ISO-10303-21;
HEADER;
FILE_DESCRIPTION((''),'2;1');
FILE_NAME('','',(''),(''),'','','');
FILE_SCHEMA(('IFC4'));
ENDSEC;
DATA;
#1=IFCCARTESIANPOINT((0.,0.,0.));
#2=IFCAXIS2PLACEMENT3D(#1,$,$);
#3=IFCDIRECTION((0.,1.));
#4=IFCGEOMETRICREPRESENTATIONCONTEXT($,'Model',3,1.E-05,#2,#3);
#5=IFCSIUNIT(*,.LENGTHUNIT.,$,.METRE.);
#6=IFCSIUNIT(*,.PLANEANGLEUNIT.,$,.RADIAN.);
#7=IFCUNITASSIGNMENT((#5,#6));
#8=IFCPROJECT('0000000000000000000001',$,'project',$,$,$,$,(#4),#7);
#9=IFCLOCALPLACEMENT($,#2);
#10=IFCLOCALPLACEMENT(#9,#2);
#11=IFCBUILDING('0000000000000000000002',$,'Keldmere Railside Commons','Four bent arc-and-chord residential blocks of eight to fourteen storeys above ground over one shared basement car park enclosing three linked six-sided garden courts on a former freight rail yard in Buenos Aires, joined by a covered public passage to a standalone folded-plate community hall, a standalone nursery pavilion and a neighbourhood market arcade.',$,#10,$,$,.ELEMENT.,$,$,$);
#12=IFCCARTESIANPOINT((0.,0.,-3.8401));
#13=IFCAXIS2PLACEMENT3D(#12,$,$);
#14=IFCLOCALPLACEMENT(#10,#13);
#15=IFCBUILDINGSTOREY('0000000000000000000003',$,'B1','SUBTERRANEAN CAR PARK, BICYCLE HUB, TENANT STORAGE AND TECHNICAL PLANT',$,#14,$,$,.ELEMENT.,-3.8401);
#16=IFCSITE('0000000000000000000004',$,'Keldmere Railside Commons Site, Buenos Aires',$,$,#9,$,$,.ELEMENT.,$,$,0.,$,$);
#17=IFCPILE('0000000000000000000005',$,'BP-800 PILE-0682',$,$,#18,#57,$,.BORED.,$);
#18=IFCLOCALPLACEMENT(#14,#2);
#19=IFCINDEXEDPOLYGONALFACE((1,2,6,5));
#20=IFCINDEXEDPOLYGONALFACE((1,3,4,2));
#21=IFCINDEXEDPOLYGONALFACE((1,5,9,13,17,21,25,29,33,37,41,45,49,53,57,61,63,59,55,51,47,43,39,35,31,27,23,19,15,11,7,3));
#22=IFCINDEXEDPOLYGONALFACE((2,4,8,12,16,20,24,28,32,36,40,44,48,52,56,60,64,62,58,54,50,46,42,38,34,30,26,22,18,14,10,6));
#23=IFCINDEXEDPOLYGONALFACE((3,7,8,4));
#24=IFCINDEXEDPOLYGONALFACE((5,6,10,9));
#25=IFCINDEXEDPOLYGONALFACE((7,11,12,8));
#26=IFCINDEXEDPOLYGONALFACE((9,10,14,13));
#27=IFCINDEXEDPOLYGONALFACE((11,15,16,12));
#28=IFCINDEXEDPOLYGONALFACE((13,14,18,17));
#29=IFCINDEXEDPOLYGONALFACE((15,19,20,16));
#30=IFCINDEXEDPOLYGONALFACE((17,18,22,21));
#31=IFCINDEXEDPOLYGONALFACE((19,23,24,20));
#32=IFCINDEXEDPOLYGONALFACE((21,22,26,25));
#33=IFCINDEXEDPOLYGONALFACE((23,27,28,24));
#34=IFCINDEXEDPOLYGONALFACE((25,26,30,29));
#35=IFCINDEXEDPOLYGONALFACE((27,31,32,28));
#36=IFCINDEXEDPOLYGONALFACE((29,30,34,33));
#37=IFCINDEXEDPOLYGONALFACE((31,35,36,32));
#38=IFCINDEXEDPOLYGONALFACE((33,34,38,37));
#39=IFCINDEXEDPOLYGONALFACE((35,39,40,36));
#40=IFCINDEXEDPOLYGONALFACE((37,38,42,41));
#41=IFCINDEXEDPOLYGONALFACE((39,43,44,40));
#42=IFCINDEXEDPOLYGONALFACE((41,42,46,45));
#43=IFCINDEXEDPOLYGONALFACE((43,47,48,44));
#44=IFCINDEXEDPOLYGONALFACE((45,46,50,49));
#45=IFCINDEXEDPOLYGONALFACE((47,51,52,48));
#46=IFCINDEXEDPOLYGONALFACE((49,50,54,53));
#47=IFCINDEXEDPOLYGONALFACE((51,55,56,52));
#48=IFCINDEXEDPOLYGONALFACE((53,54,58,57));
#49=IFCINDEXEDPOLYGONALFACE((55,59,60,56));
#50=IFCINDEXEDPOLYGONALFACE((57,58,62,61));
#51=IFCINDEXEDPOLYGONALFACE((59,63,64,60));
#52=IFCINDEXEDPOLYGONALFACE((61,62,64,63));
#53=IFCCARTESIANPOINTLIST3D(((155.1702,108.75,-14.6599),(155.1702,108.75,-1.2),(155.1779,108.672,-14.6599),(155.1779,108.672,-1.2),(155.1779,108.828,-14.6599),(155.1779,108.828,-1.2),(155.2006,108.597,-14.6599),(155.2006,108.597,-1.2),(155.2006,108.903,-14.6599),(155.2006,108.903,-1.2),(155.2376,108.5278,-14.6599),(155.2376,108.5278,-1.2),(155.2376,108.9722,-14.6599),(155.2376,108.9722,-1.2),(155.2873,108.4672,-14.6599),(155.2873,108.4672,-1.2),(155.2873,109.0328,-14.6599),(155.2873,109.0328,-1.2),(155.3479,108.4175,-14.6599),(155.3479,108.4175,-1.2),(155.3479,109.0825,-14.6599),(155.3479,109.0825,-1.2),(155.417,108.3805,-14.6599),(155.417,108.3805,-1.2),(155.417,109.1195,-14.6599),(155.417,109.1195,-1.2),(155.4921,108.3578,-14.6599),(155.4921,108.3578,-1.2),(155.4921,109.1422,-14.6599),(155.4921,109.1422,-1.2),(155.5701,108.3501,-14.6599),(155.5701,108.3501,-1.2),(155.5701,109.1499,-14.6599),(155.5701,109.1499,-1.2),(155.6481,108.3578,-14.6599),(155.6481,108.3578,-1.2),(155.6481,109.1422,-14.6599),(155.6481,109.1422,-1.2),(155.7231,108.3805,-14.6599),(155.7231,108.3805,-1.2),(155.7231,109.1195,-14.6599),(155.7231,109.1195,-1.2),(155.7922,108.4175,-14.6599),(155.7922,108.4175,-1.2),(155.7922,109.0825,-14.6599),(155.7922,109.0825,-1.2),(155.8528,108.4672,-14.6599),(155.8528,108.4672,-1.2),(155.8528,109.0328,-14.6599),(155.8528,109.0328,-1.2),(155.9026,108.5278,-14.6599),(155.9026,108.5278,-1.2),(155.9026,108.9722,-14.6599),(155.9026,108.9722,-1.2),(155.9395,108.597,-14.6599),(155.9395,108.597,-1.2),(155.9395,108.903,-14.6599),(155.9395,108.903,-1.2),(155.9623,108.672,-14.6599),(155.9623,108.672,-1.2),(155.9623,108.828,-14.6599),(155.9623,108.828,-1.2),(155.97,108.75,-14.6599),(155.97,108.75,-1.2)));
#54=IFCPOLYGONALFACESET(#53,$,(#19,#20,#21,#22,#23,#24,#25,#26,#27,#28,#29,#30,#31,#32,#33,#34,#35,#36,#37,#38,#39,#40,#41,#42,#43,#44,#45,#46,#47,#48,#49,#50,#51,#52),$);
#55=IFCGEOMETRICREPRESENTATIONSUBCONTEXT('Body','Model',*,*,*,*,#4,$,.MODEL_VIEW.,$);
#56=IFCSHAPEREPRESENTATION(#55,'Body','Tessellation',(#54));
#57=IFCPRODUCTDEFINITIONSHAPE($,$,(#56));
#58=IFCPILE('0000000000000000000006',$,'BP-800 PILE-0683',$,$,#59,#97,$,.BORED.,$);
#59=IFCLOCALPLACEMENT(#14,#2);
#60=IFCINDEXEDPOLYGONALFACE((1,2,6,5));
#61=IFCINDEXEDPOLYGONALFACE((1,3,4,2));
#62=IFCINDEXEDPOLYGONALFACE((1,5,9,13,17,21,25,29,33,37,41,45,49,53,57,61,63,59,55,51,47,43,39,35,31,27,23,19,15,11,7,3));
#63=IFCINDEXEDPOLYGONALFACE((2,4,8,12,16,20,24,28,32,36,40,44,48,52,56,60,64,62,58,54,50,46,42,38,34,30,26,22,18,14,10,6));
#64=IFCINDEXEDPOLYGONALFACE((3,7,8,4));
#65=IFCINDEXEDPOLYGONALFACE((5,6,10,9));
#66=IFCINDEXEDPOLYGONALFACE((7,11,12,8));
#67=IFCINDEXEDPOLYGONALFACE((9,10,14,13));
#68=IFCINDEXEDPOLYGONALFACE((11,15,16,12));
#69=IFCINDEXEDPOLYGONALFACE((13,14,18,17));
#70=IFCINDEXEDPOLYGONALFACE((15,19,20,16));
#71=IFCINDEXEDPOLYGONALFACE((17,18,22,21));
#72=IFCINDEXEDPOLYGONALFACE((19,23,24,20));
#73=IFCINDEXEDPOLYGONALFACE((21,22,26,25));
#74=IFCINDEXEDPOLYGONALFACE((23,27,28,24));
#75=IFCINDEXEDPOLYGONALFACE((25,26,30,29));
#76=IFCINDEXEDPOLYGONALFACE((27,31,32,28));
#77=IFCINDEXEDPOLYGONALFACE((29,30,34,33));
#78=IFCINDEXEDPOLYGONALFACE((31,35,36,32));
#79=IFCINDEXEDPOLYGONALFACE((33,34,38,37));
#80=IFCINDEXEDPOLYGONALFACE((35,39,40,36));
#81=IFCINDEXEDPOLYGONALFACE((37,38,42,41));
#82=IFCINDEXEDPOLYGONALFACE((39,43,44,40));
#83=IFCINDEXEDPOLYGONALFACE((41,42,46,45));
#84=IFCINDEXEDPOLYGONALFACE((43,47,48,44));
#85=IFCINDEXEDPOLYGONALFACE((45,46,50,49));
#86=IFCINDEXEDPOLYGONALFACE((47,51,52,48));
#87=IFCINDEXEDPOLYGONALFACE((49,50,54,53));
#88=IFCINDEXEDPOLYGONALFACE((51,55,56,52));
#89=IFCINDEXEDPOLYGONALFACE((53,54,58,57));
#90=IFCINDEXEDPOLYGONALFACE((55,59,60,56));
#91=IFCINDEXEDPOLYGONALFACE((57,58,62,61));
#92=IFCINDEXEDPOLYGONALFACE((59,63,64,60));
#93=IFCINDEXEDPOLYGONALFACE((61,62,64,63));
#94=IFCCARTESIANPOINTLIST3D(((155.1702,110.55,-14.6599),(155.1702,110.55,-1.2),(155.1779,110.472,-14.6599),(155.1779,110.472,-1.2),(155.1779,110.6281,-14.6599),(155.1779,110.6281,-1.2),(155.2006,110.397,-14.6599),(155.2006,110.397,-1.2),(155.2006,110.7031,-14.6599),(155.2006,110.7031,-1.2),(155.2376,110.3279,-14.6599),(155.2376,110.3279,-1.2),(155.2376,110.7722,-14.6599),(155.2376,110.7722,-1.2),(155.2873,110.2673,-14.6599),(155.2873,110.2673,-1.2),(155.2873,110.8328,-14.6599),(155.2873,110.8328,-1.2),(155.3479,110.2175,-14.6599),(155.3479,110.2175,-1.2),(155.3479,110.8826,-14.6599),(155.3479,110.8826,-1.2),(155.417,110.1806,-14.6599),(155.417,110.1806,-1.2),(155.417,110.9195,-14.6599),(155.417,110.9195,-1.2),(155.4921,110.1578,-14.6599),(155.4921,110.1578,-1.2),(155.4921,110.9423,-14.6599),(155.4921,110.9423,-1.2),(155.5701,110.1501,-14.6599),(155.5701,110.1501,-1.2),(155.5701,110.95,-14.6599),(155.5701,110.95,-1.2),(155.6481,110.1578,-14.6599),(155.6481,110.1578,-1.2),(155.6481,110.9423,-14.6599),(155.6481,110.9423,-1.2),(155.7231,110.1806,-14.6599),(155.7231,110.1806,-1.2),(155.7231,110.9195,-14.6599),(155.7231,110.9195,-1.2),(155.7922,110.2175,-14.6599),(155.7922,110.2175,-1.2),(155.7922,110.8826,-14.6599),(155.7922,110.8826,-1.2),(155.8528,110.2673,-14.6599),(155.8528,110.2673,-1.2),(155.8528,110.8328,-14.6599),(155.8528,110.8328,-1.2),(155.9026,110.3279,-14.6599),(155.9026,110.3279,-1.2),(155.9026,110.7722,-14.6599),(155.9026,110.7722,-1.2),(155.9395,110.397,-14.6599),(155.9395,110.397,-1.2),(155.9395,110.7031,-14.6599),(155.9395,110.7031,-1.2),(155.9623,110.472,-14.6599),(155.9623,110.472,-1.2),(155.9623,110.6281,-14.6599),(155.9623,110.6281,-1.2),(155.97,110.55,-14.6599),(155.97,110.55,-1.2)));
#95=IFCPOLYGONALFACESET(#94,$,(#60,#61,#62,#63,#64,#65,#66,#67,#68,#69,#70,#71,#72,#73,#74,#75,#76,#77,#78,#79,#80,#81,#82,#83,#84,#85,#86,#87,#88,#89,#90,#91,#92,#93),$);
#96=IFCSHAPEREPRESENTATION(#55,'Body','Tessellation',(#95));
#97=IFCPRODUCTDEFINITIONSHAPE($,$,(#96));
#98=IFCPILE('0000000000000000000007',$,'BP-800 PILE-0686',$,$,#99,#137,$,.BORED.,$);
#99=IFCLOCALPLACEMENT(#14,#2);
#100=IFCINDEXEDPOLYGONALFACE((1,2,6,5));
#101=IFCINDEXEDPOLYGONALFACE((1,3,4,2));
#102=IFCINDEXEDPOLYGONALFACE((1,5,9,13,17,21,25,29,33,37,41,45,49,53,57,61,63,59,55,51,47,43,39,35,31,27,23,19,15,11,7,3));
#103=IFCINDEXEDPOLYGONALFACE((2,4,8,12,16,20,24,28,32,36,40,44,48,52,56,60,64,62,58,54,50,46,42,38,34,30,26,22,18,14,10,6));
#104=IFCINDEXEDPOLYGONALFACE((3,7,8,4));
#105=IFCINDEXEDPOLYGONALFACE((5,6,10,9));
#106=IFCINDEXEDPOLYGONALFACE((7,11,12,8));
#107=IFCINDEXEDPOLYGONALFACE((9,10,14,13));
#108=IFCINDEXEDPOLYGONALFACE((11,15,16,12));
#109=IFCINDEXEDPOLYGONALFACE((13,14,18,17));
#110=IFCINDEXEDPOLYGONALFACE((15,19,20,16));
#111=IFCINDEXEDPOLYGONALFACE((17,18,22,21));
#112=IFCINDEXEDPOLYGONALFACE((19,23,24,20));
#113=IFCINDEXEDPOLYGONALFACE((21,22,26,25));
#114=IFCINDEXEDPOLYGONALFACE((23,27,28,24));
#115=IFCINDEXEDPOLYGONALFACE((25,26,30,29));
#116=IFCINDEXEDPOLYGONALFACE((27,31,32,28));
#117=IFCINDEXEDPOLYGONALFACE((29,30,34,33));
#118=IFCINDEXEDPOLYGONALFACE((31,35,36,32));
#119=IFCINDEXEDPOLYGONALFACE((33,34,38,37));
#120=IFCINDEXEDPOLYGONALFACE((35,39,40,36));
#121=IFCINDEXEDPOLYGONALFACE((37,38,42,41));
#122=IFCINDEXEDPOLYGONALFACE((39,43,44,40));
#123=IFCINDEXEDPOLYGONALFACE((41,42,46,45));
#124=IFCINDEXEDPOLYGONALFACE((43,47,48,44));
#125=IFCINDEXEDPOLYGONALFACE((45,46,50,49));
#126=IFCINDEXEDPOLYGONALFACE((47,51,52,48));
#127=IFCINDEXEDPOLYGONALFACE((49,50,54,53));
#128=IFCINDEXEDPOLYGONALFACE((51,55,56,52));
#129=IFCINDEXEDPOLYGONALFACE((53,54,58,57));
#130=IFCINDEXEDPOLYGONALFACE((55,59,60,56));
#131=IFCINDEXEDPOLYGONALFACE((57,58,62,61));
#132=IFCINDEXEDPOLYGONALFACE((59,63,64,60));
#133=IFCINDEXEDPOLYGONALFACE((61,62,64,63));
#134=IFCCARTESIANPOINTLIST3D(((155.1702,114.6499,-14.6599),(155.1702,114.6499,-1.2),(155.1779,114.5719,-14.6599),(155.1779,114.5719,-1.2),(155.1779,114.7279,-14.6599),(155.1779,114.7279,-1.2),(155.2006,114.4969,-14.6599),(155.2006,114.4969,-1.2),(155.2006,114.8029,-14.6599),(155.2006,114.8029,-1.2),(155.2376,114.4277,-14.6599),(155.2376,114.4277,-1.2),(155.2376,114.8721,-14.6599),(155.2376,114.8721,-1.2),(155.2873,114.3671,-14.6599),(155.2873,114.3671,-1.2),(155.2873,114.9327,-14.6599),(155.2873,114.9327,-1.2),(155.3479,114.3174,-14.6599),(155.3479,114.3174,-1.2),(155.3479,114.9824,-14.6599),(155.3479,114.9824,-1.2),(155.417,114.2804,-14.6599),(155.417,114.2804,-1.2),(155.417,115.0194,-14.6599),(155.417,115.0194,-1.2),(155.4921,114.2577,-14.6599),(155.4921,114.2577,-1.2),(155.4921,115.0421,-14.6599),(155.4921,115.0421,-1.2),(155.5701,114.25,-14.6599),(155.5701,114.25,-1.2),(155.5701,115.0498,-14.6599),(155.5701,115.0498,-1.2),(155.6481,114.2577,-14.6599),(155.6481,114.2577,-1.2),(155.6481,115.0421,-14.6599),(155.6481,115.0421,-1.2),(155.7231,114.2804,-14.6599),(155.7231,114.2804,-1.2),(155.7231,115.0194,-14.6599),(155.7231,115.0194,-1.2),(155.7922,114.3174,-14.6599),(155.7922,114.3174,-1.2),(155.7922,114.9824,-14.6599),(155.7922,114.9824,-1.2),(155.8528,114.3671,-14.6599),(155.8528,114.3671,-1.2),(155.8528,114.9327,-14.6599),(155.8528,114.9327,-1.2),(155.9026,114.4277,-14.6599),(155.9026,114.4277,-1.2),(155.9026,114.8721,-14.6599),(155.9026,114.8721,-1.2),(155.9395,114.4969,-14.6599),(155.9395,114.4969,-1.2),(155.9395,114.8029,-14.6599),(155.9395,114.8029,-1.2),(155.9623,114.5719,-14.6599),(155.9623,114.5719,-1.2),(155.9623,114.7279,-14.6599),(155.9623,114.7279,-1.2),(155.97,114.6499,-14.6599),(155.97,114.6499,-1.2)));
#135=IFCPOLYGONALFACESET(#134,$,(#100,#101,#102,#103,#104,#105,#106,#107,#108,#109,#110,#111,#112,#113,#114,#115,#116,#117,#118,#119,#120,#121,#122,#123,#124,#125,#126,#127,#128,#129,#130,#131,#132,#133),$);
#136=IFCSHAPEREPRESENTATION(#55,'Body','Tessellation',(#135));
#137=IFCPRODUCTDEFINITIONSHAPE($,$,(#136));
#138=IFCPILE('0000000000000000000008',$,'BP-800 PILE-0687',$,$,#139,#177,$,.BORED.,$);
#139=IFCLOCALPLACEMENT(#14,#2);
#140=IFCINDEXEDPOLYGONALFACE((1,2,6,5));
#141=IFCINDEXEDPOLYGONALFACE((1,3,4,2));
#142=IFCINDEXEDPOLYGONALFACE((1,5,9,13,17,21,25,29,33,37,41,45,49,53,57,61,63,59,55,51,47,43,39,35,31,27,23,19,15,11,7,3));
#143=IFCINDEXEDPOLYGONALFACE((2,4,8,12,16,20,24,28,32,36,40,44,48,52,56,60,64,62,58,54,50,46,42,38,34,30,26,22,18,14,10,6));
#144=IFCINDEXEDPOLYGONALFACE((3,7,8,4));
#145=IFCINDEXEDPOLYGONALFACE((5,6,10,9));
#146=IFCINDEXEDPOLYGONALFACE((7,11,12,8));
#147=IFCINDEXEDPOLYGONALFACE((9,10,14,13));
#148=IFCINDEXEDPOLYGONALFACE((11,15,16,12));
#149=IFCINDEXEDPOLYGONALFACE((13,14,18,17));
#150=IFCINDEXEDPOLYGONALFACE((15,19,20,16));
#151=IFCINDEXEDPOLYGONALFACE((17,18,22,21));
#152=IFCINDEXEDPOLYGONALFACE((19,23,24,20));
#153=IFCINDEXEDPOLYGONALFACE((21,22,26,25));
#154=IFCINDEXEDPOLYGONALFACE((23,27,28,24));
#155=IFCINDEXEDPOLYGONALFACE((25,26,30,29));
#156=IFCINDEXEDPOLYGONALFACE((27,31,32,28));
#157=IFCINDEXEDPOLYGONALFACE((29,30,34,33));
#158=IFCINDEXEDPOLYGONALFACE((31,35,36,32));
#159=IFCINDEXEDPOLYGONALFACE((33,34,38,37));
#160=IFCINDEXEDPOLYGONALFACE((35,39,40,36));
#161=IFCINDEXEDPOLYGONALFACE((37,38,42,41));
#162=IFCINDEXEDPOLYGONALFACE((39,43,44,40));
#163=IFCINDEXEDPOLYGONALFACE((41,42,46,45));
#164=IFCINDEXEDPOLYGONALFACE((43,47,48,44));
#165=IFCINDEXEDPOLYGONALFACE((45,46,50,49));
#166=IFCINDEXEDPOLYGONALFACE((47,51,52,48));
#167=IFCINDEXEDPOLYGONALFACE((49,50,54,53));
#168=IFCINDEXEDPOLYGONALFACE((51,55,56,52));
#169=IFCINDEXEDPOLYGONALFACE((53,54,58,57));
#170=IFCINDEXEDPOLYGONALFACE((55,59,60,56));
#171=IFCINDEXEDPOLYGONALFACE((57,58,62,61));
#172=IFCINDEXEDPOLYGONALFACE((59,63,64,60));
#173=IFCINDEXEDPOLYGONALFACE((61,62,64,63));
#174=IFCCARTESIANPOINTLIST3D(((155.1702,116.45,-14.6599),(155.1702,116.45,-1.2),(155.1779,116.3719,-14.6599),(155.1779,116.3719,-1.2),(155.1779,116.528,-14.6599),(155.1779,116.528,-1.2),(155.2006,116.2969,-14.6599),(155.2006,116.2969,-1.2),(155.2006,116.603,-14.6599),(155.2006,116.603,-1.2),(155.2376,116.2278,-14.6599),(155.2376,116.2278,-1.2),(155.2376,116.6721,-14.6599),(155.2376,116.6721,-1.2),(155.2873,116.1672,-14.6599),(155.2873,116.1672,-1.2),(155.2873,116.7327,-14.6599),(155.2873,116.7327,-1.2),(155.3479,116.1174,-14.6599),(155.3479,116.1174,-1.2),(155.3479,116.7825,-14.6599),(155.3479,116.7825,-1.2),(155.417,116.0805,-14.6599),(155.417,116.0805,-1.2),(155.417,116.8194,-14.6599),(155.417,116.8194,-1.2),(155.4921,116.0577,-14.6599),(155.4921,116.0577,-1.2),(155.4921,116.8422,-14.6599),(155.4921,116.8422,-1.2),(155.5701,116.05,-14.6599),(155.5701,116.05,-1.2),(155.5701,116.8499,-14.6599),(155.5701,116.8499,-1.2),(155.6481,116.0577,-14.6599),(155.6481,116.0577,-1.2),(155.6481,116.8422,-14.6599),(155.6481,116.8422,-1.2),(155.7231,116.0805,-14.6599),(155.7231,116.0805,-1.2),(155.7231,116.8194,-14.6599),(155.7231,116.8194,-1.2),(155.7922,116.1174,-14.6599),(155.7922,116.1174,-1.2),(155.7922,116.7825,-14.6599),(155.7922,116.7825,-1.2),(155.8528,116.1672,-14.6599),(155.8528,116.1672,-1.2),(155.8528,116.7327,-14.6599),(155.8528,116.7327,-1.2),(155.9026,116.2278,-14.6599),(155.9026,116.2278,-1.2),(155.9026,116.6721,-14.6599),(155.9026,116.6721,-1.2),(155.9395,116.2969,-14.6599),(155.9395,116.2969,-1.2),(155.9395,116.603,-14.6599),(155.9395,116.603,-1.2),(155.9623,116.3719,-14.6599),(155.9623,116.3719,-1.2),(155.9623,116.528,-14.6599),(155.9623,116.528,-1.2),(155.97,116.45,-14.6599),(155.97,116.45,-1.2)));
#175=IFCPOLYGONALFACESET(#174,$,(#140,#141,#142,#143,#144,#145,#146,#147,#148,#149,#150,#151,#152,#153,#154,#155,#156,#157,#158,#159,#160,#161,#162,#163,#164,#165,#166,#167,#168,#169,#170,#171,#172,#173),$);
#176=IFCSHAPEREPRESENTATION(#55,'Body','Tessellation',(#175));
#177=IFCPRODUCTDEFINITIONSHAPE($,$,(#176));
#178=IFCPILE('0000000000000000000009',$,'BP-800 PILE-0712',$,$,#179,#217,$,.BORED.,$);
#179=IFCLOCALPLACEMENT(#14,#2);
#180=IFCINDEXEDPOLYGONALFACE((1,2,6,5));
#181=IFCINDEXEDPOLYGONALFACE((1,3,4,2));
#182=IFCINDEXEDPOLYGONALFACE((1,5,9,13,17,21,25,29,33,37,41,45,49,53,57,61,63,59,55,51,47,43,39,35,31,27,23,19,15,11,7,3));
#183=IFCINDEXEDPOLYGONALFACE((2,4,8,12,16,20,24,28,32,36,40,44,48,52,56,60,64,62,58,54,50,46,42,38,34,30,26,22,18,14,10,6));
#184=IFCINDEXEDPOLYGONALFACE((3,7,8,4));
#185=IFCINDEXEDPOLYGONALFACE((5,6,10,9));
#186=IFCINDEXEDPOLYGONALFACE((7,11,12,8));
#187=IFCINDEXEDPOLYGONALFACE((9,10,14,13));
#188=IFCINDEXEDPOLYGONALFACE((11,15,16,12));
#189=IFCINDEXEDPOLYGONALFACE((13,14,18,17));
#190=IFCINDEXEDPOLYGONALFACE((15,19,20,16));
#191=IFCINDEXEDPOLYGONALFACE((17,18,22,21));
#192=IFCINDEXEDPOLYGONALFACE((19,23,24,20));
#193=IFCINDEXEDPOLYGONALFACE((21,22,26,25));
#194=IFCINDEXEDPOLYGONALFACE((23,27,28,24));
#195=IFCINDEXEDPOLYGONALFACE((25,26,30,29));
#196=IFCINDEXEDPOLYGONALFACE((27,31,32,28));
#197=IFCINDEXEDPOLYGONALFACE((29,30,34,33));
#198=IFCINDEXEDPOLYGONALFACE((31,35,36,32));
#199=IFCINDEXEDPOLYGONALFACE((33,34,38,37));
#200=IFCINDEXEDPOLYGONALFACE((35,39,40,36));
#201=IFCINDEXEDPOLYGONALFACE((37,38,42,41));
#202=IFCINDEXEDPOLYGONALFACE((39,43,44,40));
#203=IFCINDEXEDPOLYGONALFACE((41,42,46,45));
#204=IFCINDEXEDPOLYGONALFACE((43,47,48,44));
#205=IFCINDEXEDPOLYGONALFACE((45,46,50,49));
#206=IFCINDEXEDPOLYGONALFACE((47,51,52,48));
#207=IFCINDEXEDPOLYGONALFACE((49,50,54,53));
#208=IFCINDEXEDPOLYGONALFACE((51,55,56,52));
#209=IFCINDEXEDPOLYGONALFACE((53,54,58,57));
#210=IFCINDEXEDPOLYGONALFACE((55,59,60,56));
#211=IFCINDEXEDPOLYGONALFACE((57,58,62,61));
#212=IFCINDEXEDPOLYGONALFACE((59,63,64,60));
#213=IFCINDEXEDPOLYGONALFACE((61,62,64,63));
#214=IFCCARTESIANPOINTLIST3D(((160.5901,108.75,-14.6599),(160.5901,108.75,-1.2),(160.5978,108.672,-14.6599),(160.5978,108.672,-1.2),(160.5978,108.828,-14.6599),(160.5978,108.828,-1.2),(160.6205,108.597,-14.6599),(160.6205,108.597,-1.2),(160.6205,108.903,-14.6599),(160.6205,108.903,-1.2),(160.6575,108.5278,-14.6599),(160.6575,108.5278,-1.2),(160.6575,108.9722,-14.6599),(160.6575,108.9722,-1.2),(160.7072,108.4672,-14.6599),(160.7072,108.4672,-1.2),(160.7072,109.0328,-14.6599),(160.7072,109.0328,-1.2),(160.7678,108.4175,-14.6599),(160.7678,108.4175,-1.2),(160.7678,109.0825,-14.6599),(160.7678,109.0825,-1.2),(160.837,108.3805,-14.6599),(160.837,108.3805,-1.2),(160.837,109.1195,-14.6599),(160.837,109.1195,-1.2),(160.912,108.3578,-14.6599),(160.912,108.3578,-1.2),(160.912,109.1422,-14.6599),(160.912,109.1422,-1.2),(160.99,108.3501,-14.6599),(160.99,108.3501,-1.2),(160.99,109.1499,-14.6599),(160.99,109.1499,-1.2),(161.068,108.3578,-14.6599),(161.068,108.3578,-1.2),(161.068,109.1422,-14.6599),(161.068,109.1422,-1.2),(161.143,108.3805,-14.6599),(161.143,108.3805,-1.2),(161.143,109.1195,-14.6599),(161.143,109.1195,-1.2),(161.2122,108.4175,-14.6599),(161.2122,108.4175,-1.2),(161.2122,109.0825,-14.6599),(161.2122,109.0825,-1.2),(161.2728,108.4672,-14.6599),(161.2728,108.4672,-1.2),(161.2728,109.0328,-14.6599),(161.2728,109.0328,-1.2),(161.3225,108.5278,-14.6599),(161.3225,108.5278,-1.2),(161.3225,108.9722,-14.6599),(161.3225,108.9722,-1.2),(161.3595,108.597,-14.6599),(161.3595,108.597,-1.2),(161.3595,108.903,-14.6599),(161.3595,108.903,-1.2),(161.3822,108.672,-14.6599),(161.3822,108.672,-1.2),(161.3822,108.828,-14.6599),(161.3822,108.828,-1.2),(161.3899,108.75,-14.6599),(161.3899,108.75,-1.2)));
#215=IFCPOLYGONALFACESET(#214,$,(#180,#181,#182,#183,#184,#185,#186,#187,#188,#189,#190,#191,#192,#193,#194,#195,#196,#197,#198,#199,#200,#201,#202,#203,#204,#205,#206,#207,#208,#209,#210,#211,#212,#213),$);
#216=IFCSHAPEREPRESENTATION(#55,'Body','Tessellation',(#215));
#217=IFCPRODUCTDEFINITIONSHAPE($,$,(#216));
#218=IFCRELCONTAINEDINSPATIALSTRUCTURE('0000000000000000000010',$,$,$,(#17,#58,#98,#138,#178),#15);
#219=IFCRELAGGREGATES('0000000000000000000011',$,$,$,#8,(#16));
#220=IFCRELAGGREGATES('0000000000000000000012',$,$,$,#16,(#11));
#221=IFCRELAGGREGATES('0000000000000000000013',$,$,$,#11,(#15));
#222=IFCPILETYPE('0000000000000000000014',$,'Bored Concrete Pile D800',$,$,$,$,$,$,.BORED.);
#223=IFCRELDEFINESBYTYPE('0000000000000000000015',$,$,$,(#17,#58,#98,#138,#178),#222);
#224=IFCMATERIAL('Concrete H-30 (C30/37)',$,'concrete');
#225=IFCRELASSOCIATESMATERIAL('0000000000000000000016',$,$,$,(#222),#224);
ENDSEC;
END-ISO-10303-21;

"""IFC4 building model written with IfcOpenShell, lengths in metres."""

from ifc_helpers import new_model, si_unit, direction, frame, origin, origin_2d, place, context, subcontext, project, spatial, circle, extrude, material, material_profile, profile_set, type_object, element, save


model = new_model("IFC4")

# Units and contexts
model_context = context("Model", 3, precision=1e-05, world=origin(), true_north=direction((0.0, 1.0)))
body_context = subcontext(model_context, "Body", "Model", "MODEL_VIEW")
ifc_project = project(units=[si_unit("LENGTHUNIT", "METRE"), si_unit("PLANEANGLEUNIT", "RADIAN")], contexts=[model_context])

# Site, building, storey
site_placement = place(None, origin())
site = spatial("IfcSite", under=ifc_project, at=site_placement, Name="Keldmere Railside Commons Site, Buenos Aires", CompositionType="ELEMENT", RefElevation=0.0)
building_placement = place(site_placement, origin())
building = spatial("IfcBuilding", under=site, at=building_placement, Name="Keldmere Railside Commons", Description="Four bent arc-and-chord residential blocks of eight to fourteen storeys above ground over one shared basement car park enclosing three linked six-sided garden courts on a former freight rail yard in Buenos Aires, joined by a covered public passage to a standalone folded-plate community hall, a standalone nursery pavilion and a neighbourhood market arcade.", CompositionType="ELEMENT")
storey_placement = place(building_placement, frame((0.0, 0.0, -3.8401)))
storey = spatial("IfcBuildingStorey", under=building, at=storey_placement, Name="B1", Description="SUBTERRANEAN CAR PARK, BICYCLE HUB, TENANT STORAGE AND TECHNICAL PLANT", CompositionType="ELEMENT", Elevation=-3.8401)

# Piles
ifc_material_1 = material(Name="Concrete H-30 (C30/37)", Category="concrete")
ifc_material_profile_1 = material_profile(ifc_material_1, circle(Radius=0.3999, at=origin_2d()), Name="PILE-D800")
ifc_profile_set_1 = profile_set([ifc_material_profile_1], Name="Concrete H-30 (C30/37)")
pile_type = type_object("IfcPileType", Name="Bored Concrete Pile D800", PredefinedType="BORED", material=ifc_profile_set_1)
for number, where, z_axis, x_axis, name in (
    (1, (155.5701, 108.75, -1.2), (0.0, 0.0, -1.0), (1.0, 0.0, 0.0), "BP-800 PILE-0682"),
    (2, (155.5701, 110.55, -1.2), (0.0, 0.0, -1.0), (1.0, 0.0, 0.0), "BP-800 PILE-0683"),
    (3, (155.5701, 114.6499, -1.2), (0.0, 0.0, -1.0), (1.0, 0.0, 0.0), "BP-800 PILE-0686"),
    (4, (155.5701, 116.45, -1.2), (0.0, 0.0, -1.0), (1.0, 0.0, 0.0), "BP-800 PILE-0687"),
    (5, (160.99, 108.75, -1.2), (0.0, 0.0, -1.0), (1.0, 0.0, 0.0), "BP-800 PILE-0712"),
):
    element("IfcPile", number, at=place(storey_placement, frame(where, z_axis=z_axis, x_axis=x_axis)), inside=storey, type_object=pile_type, Name=name, PredefinedType="BORED", context=body_context, shape_type="SweptSolid", body=[
        extrude(circle(Radius=0.3999, at=origin_2d()), origin(), (0.0, 0.0, 1.0), 13.46),
    ])

save(model, "model.ifc")
